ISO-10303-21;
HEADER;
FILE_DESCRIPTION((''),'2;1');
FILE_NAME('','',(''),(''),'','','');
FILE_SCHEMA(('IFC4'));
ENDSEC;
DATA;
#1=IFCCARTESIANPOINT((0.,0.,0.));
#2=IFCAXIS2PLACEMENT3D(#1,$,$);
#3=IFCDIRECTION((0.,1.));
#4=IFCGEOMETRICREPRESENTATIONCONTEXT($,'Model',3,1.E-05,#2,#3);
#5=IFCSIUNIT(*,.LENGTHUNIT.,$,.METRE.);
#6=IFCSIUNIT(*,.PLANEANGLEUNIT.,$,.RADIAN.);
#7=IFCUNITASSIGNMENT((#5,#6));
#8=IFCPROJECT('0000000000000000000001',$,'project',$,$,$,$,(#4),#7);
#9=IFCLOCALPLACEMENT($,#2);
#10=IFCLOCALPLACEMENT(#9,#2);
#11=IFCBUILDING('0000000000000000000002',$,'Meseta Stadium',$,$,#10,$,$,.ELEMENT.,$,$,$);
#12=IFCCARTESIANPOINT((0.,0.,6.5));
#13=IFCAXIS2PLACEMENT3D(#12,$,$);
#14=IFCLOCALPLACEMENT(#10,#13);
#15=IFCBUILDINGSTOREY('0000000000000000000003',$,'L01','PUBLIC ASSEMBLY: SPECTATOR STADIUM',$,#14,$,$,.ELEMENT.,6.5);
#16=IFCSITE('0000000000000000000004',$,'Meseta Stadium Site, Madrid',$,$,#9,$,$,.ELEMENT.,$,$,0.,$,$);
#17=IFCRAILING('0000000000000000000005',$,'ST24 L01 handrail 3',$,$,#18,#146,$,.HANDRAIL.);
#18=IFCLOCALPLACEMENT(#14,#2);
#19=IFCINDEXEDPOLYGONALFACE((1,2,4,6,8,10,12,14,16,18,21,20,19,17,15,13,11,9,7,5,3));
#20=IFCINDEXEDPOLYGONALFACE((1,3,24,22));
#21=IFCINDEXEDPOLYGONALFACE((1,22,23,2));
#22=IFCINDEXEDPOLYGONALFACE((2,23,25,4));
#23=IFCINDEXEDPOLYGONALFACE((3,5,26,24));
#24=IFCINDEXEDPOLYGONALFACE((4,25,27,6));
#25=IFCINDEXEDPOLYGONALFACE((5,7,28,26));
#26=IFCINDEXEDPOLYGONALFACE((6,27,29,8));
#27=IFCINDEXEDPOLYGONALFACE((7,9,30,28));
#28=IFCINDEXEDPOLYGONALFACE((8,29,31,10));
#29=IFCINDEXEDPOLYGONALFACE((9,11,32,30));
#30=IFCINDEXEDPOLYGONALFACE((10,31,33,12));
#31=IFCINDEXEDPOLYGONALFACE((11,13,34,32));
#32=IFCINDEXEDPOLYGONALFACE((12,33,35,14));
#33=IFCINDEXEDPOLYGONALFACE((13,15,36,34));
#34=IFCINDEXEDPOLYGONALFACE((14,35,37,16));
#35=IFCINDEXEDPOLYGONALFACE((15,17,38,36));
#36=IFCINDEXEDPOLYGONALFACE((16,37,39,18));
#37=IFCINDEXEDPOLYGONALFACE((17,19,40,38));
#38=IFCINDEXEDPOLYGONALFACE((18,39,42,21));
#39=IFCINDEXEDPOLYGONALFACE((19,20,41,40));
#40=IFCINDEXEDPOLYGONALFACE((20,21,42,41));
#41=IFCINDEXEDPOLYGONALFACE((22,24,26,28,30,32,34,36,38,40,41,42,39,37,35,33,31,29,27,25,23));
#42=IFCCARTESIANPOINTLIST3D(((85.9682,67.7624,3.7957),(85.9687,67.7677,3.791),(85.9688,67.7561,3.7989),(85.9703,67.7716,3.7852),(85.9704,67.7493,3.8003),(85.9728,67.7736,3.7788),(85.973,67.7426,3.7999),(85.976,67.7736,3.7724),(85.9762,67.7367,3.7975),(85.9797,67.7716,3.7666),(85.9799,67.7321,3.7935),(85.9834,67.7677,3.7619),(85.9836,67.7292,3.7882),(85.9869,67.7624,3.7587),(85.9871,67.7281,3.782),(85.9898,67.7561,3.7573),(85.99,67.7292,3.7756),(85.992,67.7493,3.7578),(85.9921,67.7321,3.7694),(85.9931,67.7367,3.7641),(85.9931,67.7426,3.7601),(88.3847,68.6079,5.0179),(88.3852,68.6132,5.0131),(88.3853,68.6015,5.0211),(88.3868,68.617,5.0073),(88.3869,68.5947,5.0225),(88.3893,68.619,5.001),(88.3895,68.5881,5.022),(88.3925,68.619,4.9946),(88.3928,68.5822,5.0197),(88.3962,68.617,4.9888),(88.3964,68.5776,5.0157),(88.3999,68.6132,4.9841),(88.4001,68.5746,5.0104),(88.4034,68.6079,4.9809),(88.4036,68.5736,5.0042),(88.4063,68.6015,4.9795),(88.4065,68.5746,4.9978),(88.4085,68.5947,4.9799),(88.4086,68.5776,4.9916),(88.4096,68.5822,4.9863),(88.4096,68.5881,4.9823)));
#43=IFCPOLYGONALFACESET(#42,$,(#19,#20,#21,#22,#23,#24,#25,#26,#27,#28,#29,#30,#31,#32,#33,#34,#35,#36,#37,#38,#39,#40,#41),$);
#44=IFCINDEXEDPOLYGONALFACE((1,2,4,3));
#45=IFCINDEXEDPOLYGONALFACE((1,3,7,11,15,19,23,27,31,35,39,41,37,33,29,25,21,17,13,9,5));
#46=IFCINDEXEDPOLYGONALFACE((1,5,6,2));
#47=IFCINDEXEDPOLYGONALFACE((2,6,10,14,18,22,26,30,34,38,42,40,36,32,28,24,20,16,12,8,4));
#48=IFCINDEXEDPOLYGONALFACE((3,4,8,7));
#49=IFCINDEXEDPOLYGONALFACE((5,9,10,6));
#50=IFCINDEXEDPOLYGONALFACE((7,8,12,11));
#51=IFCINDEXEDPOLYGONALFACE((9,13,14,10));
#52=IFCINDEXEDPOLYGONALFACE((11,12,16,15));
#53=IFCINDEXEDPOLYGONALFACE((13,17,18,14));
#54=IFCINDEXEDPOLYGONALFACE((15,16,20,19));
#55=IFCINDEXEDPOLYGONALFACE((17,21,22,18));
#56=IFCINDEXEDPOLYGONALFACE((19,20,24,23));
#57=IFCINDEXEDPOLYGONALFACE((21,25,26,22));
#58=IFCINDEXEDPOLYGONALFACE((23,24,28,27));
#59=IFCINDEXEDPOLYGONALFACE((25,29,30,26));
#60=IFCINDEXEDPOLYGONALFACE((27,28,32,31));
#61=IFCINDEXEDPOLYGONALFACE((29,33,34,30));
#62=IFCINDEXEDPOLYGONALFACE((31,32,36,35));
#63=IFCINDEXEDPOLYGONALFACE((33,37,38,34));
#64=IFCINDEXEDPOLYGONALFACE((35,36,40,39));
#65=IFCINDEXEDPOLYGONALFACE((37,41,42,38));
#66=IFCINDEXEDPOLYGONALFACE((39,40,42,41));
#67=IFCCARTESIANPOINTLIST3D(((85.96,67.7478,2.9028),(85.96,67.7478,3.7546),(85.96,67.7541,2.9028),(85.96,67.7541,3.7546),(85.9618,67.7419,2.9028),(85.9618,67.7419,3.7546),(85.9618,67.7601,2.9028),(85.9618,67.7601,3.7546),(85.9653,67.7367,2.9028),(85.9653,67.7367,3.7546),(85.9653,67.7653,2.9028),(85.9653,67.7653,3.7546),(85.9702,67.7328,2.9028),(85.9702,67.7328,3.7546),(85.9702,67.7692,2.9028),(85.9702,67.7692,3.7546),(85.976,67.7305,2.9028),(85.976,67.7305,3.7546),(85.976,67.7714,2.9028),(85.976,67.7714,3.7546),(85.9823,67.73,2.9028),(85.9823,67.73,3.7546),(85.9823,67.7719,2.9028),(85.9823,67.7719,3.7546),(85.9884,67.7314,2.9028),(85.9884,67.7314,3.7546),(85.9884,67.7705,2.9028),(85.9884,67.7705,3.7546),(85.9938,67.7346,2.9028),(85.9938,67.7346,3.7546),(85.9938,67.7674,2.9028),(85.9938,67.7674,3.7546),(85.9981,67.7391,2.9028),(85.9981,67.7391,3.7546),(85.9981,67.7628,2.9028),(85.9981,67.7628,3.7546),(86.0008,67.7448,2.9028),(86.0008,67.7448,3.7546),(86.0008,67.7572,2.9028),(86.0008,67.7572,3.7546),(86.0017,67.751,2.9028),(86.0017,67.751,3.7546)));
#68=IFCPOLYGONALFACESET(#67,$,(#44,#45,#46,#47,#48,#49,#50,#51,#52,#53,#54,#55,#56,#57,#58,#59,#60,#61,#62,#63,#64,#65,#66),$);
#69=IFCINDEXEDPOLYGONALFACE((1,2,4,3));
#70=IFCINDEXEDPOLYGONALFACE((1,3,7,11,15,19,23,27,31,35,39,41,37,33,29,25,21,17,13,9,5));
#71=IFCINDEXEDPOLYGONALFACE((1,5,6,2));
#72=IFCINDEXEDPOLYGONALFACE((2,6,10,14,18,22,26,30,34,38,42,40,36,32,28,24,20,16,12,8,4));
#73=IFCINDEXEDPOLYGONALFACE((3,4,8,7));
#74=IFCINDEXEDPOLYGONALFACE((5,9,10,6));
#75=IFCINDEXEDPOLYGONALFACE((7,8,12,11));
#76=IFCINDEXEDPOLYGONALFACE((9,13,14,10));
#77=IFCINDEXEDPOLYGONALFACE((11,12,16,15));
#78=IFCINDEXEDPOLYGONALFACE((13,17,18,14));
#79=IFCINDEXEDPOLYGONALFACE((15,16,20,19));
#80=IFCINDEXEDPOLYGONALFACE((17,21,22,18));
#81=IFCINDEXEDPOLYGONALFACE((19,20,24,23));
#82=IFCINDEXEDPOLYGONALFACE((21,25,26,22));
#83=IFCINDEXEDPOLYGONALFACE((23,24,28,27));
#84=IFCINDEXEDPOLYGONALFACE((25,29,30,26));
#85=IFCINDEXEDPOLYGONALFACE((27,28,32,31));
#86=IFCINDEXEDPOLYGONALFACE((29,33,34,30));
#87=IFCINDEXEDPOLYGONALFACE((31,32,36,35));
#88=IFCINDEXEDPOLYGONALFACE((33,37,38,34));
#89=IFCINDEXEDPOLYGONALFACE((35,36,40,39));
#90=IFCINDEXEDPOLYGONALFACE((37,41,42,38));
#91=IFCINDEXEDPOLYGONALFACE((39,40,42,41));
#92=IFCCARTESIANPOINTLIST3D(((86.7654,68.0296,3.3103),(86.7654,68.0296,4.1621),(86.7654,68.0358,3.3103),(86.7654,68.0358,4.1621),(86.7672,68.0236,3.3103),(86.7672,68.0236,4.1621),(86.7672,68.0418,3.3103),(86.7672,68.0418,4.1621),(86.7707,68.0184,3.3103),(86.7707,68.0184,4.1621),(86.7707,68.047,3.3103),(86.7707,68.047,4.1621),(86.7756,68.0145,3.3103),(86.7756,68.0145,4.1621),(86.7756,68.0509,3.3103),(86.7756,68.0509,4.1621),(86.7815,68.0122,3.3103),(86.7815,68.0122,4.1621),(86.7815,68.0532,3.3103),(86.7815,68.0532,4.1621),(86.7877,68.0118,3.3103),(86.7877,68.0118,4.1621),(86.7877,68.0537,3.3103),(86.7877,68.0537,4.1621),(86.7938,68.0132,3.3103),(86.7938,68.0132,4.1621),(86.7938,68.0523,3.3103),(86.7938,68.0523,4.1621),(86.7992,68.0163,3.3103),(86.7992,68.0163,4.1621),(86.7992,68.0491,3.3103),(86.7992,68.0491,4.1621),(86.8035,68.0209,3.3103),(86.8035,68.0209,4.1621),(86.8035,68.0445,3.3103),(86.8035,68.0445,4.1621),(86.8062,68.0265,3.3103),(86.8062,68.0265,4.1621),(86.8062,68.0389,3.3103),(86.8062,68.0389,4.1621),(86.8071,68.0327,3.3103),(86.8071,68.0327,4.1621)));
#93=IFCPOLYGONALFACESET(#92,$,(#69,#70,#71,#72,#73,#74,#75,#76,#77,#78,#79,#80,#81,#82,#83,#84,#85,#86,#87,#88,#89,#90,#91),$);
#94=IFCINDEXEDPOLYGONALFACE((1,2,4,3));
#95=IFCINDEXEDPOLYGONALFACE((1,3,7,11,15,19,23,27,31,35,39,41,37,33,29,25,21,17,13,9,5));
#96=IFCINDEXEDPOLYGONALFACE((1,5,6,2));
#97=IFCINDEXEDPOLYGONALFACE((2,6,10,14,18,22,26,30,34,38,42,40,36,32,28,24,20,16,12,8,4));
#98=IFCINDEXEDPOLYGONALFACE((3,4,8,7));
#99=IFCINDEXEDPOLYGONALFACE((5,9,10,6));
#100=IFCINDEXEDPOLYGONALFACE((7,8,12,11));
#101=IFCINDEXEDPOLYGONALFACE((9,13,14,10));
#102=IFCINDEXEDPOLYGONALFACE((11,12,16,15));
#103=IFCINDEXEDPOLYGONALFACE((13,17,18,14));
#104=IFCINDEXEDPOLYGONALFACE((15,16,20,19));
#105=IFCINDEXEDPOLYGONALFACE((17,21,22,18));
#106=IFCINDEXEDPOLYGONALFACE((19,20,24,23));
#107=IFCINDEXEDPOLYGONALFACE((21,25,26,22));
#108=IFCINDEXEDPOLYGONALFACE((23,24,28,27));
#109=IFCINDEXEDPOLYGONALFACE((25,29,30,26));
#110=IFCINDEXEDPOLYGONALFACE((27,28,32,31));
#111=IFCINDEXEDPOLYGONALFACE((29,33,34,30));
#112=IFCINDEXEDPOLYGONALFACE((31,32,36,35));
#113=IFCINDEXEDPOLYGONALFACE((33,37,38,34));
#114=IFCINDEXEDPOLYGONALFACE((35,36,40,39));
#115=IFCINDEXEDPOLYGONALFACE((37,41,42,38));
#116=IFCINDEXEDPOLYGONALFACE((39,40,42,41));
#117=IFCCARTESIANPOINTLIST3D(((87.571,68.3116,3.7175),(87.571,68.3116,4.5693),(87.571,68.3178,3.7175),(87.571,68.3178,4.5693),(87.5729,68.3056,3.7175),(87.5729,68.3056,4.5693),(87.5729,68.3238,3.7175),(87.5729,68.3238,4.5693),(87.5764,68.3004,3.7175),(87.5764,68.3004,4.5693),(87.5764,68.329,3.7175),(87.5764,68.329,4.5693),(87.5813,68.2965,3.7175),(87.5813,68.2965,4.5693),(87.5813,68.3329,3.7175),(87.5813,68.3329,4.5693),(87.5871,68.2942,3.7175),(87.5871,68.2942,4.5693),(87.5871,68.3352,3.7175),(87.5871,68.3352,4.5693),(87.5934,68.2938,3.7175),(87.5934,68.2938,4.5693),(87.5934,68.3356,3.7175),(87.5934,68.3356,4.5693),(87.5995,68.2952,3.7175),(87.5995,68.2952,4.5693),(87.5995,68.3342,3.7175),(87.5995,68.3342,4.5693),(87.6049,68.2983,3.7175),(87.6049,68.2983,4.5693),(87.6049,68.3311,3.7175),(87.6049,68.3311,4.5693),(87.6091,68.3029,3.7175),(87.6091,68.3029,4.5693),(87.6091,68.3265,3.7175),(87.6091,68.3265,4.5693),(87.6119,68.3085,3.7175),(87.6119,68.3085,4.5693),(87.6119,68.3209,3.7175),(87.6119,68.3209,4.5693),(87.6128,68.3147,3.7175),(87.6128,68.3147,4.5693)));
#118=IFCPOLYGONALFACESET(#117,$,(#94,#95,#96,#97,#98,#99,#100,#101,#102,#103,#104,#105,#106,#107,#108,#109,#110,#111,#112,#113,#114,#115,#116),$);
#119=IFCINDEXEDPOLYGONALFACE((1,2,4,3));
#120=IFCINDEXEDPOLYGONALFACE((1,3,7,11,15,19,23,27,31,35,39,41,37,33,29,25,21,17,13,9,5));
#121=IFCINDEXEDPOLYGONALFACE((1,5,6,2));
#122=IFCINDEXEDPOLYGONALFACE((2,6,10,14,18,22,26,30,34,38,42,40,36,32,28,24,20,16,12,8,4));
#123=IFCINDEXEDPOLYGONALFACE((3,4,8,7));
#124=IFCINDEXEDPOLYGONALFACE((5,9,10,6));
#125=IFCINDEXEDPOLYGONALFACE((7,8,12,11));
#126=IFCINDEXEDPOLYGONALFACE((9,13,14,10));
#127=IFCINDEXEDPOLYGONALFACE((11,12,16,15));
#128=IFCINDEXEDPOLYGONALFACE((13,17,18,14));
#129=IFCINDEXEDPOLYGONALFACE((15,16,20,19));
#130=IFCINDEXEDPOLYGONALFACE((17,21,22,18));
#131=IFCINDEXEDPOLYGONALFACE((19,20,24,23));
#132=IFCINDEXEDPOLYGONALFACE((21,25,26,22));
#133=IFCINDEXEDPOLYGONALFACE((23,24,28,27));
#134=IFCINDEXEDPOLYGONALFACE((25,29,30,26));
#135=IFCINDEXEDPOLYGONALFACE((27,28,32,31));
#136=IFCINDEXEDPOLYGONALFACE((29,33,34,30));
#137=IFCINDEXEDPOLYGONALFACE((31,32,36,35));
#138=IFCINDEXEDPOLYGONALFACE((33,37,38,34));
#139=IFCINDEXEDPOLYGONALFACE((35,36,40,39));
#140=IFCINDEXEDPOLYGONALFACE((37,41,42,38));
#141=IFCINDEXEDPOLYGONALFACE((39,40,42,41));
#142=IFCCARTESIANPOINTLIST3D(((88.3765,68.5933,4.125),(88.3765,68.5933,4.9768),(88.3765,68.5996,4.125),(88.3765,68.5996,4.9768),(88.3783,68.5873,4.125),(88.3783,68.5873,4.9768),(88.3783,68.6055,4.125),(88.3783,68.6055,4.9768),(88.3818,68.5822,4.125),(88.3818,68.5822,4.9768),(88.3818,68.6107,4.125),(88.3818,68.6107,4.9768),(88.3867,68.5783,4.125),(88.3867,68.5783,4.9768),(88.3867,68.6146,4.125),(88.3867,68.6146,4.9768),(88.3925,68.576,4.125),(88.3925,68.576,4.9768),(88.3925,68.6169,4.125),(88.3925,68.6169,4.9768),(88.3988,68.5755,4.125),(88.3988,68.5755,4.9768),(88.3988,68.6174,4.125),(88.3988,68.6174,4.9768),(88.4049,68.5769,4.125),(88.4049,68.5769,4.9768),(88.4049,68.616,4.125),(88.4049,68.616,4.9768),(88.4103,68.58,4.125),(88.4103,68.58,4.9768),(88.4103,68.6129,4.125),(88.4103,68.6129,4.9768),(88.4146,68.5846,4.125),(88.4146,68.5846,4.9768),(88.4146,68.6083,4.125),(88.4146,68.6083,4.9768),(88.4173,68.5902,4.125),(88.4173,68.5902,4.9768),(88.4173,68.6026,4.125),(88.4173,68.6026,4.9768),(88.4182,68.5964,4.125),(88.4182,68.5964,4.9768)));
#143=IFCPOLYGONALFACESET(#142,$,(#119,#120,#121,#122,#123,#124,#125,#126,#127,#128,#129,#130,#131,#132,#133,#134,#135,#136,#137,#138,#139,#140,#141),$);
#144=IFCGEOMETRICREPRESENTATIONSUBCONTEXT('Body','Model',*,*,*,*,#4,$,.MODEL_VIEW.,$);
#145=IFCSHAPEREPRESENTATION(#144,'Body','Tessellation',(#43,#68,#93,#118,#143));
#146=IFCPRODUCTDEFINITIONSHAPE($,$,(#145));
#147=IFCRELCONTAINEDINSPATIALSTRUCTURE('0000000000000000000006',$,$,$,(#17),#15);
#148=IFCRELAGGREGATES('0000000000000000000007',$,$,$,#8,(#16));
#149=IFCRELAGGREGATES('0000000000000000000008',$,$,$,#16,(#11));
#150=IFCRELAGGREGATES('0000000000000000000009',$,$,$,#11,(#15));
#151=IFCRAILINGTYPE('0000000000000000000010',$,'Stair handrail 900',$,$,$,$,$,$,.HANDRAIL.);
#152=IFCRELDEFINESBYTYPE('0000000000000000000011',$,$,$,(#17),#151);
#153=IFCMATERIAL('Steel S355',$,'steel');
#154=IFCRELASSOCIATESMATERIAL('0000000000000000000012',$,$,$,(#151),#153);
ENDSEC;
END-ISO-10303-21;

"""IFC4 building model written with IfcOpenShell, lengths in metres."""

from ifc_helpers import new_model, si_unit, direction, frame, origin, origin_2d, place, context, subcontext, project, spatial, circle, extrude, material, type_object, element, save


model = new_model("IFC4")

# Units and contexts
model_context = context("Model", 3, precision=1e-05, world=origin(), true_north=direction((0.0, 1.0)))
body_context = subcontext(model_context, "Body", "Model", "MODEL_VIEW")
ifc_project = project(units=[si_unit("LENGTHUNIT", "METRE"), si_unit("PLANEANGLEUNIT", "RADIAN")], contexts=[model_context])

# Site, building, storey
site_placement = place(None, origin())
site = spatial("IfcSite", under=ifc_project, at=site_placement, Name="Meseta Stadium Site, Madrid", CompositionType="ELEMENT", RefElevation=0.0)
building_placement = place(site_placement, origin())
building = spatial("IfcBuilding", under=site, at=building_placement, Name="Meseta Stadium", CompositionType="ELEMENT")
storey_placement = place(building_placement, frame((0.0, 0.0, 6.5)))
storey = spatial("IfcBuildingStorey", under=building, at=storey_placement, Name="L01", Description="PUBLIC ASSEMBLY: SPECTATOR STADIUM", CompositionType="ELEMENT", Elevation=6.5)

# Railing
ifc_material_1 = material(Name="Steel S355", Category="steel")
railing_type_1 = type_object("IfcRailingType", Name="Stair handrail 900", PredefinedType="HANDRAIL", material=ifc_material_1)
for number, where, name in (
    (1, (85.9807, 67.751, 2.9028), "ST24 L01 handrail 3"),
):
    element("IfcRailing", number, at=place(storey_placement, frame(where)), inside=storey, type_object=railing_type_1, Name=name, PredefinedType="HANDRAIL", context=body_context, shape_type="SweptSolid", body=[
        extrude(circle(Radius=0.0239, at=origin_2d()), frame((0.0, 0.0, 0.876), z_axis=(0.851812, 0.298022, 0.430811), x_axis=(-0.33024, 0.943897, 0.0)), (0.0, 0.0, 1.0), 2.8369),
        extrude(circle(Radius=0.021, at=origin_2d()), origin(), (0.0, 0.0, 1.0), 0.8518),
        extrude(circle(Radius=0.021, at=origin_2d()), frame((0.8054, 0.2817, 0.4075)), (0.0, 0.0, 1.0), 0.8518),
        extrude(circle(Radius=0.021, at=origin_2d()), frame((1.6111, 0.5637, 0.8147)), (0.0, 0.0, 1.0), 0.8518),
        extrude(circle(Radius=0.021, at=origin_2d()), frame((2.4165, 0.8455, 1.2222)), (0.0, 0.0, 1.0), 0.8518),
    ])

save(model, "model.ifc")
